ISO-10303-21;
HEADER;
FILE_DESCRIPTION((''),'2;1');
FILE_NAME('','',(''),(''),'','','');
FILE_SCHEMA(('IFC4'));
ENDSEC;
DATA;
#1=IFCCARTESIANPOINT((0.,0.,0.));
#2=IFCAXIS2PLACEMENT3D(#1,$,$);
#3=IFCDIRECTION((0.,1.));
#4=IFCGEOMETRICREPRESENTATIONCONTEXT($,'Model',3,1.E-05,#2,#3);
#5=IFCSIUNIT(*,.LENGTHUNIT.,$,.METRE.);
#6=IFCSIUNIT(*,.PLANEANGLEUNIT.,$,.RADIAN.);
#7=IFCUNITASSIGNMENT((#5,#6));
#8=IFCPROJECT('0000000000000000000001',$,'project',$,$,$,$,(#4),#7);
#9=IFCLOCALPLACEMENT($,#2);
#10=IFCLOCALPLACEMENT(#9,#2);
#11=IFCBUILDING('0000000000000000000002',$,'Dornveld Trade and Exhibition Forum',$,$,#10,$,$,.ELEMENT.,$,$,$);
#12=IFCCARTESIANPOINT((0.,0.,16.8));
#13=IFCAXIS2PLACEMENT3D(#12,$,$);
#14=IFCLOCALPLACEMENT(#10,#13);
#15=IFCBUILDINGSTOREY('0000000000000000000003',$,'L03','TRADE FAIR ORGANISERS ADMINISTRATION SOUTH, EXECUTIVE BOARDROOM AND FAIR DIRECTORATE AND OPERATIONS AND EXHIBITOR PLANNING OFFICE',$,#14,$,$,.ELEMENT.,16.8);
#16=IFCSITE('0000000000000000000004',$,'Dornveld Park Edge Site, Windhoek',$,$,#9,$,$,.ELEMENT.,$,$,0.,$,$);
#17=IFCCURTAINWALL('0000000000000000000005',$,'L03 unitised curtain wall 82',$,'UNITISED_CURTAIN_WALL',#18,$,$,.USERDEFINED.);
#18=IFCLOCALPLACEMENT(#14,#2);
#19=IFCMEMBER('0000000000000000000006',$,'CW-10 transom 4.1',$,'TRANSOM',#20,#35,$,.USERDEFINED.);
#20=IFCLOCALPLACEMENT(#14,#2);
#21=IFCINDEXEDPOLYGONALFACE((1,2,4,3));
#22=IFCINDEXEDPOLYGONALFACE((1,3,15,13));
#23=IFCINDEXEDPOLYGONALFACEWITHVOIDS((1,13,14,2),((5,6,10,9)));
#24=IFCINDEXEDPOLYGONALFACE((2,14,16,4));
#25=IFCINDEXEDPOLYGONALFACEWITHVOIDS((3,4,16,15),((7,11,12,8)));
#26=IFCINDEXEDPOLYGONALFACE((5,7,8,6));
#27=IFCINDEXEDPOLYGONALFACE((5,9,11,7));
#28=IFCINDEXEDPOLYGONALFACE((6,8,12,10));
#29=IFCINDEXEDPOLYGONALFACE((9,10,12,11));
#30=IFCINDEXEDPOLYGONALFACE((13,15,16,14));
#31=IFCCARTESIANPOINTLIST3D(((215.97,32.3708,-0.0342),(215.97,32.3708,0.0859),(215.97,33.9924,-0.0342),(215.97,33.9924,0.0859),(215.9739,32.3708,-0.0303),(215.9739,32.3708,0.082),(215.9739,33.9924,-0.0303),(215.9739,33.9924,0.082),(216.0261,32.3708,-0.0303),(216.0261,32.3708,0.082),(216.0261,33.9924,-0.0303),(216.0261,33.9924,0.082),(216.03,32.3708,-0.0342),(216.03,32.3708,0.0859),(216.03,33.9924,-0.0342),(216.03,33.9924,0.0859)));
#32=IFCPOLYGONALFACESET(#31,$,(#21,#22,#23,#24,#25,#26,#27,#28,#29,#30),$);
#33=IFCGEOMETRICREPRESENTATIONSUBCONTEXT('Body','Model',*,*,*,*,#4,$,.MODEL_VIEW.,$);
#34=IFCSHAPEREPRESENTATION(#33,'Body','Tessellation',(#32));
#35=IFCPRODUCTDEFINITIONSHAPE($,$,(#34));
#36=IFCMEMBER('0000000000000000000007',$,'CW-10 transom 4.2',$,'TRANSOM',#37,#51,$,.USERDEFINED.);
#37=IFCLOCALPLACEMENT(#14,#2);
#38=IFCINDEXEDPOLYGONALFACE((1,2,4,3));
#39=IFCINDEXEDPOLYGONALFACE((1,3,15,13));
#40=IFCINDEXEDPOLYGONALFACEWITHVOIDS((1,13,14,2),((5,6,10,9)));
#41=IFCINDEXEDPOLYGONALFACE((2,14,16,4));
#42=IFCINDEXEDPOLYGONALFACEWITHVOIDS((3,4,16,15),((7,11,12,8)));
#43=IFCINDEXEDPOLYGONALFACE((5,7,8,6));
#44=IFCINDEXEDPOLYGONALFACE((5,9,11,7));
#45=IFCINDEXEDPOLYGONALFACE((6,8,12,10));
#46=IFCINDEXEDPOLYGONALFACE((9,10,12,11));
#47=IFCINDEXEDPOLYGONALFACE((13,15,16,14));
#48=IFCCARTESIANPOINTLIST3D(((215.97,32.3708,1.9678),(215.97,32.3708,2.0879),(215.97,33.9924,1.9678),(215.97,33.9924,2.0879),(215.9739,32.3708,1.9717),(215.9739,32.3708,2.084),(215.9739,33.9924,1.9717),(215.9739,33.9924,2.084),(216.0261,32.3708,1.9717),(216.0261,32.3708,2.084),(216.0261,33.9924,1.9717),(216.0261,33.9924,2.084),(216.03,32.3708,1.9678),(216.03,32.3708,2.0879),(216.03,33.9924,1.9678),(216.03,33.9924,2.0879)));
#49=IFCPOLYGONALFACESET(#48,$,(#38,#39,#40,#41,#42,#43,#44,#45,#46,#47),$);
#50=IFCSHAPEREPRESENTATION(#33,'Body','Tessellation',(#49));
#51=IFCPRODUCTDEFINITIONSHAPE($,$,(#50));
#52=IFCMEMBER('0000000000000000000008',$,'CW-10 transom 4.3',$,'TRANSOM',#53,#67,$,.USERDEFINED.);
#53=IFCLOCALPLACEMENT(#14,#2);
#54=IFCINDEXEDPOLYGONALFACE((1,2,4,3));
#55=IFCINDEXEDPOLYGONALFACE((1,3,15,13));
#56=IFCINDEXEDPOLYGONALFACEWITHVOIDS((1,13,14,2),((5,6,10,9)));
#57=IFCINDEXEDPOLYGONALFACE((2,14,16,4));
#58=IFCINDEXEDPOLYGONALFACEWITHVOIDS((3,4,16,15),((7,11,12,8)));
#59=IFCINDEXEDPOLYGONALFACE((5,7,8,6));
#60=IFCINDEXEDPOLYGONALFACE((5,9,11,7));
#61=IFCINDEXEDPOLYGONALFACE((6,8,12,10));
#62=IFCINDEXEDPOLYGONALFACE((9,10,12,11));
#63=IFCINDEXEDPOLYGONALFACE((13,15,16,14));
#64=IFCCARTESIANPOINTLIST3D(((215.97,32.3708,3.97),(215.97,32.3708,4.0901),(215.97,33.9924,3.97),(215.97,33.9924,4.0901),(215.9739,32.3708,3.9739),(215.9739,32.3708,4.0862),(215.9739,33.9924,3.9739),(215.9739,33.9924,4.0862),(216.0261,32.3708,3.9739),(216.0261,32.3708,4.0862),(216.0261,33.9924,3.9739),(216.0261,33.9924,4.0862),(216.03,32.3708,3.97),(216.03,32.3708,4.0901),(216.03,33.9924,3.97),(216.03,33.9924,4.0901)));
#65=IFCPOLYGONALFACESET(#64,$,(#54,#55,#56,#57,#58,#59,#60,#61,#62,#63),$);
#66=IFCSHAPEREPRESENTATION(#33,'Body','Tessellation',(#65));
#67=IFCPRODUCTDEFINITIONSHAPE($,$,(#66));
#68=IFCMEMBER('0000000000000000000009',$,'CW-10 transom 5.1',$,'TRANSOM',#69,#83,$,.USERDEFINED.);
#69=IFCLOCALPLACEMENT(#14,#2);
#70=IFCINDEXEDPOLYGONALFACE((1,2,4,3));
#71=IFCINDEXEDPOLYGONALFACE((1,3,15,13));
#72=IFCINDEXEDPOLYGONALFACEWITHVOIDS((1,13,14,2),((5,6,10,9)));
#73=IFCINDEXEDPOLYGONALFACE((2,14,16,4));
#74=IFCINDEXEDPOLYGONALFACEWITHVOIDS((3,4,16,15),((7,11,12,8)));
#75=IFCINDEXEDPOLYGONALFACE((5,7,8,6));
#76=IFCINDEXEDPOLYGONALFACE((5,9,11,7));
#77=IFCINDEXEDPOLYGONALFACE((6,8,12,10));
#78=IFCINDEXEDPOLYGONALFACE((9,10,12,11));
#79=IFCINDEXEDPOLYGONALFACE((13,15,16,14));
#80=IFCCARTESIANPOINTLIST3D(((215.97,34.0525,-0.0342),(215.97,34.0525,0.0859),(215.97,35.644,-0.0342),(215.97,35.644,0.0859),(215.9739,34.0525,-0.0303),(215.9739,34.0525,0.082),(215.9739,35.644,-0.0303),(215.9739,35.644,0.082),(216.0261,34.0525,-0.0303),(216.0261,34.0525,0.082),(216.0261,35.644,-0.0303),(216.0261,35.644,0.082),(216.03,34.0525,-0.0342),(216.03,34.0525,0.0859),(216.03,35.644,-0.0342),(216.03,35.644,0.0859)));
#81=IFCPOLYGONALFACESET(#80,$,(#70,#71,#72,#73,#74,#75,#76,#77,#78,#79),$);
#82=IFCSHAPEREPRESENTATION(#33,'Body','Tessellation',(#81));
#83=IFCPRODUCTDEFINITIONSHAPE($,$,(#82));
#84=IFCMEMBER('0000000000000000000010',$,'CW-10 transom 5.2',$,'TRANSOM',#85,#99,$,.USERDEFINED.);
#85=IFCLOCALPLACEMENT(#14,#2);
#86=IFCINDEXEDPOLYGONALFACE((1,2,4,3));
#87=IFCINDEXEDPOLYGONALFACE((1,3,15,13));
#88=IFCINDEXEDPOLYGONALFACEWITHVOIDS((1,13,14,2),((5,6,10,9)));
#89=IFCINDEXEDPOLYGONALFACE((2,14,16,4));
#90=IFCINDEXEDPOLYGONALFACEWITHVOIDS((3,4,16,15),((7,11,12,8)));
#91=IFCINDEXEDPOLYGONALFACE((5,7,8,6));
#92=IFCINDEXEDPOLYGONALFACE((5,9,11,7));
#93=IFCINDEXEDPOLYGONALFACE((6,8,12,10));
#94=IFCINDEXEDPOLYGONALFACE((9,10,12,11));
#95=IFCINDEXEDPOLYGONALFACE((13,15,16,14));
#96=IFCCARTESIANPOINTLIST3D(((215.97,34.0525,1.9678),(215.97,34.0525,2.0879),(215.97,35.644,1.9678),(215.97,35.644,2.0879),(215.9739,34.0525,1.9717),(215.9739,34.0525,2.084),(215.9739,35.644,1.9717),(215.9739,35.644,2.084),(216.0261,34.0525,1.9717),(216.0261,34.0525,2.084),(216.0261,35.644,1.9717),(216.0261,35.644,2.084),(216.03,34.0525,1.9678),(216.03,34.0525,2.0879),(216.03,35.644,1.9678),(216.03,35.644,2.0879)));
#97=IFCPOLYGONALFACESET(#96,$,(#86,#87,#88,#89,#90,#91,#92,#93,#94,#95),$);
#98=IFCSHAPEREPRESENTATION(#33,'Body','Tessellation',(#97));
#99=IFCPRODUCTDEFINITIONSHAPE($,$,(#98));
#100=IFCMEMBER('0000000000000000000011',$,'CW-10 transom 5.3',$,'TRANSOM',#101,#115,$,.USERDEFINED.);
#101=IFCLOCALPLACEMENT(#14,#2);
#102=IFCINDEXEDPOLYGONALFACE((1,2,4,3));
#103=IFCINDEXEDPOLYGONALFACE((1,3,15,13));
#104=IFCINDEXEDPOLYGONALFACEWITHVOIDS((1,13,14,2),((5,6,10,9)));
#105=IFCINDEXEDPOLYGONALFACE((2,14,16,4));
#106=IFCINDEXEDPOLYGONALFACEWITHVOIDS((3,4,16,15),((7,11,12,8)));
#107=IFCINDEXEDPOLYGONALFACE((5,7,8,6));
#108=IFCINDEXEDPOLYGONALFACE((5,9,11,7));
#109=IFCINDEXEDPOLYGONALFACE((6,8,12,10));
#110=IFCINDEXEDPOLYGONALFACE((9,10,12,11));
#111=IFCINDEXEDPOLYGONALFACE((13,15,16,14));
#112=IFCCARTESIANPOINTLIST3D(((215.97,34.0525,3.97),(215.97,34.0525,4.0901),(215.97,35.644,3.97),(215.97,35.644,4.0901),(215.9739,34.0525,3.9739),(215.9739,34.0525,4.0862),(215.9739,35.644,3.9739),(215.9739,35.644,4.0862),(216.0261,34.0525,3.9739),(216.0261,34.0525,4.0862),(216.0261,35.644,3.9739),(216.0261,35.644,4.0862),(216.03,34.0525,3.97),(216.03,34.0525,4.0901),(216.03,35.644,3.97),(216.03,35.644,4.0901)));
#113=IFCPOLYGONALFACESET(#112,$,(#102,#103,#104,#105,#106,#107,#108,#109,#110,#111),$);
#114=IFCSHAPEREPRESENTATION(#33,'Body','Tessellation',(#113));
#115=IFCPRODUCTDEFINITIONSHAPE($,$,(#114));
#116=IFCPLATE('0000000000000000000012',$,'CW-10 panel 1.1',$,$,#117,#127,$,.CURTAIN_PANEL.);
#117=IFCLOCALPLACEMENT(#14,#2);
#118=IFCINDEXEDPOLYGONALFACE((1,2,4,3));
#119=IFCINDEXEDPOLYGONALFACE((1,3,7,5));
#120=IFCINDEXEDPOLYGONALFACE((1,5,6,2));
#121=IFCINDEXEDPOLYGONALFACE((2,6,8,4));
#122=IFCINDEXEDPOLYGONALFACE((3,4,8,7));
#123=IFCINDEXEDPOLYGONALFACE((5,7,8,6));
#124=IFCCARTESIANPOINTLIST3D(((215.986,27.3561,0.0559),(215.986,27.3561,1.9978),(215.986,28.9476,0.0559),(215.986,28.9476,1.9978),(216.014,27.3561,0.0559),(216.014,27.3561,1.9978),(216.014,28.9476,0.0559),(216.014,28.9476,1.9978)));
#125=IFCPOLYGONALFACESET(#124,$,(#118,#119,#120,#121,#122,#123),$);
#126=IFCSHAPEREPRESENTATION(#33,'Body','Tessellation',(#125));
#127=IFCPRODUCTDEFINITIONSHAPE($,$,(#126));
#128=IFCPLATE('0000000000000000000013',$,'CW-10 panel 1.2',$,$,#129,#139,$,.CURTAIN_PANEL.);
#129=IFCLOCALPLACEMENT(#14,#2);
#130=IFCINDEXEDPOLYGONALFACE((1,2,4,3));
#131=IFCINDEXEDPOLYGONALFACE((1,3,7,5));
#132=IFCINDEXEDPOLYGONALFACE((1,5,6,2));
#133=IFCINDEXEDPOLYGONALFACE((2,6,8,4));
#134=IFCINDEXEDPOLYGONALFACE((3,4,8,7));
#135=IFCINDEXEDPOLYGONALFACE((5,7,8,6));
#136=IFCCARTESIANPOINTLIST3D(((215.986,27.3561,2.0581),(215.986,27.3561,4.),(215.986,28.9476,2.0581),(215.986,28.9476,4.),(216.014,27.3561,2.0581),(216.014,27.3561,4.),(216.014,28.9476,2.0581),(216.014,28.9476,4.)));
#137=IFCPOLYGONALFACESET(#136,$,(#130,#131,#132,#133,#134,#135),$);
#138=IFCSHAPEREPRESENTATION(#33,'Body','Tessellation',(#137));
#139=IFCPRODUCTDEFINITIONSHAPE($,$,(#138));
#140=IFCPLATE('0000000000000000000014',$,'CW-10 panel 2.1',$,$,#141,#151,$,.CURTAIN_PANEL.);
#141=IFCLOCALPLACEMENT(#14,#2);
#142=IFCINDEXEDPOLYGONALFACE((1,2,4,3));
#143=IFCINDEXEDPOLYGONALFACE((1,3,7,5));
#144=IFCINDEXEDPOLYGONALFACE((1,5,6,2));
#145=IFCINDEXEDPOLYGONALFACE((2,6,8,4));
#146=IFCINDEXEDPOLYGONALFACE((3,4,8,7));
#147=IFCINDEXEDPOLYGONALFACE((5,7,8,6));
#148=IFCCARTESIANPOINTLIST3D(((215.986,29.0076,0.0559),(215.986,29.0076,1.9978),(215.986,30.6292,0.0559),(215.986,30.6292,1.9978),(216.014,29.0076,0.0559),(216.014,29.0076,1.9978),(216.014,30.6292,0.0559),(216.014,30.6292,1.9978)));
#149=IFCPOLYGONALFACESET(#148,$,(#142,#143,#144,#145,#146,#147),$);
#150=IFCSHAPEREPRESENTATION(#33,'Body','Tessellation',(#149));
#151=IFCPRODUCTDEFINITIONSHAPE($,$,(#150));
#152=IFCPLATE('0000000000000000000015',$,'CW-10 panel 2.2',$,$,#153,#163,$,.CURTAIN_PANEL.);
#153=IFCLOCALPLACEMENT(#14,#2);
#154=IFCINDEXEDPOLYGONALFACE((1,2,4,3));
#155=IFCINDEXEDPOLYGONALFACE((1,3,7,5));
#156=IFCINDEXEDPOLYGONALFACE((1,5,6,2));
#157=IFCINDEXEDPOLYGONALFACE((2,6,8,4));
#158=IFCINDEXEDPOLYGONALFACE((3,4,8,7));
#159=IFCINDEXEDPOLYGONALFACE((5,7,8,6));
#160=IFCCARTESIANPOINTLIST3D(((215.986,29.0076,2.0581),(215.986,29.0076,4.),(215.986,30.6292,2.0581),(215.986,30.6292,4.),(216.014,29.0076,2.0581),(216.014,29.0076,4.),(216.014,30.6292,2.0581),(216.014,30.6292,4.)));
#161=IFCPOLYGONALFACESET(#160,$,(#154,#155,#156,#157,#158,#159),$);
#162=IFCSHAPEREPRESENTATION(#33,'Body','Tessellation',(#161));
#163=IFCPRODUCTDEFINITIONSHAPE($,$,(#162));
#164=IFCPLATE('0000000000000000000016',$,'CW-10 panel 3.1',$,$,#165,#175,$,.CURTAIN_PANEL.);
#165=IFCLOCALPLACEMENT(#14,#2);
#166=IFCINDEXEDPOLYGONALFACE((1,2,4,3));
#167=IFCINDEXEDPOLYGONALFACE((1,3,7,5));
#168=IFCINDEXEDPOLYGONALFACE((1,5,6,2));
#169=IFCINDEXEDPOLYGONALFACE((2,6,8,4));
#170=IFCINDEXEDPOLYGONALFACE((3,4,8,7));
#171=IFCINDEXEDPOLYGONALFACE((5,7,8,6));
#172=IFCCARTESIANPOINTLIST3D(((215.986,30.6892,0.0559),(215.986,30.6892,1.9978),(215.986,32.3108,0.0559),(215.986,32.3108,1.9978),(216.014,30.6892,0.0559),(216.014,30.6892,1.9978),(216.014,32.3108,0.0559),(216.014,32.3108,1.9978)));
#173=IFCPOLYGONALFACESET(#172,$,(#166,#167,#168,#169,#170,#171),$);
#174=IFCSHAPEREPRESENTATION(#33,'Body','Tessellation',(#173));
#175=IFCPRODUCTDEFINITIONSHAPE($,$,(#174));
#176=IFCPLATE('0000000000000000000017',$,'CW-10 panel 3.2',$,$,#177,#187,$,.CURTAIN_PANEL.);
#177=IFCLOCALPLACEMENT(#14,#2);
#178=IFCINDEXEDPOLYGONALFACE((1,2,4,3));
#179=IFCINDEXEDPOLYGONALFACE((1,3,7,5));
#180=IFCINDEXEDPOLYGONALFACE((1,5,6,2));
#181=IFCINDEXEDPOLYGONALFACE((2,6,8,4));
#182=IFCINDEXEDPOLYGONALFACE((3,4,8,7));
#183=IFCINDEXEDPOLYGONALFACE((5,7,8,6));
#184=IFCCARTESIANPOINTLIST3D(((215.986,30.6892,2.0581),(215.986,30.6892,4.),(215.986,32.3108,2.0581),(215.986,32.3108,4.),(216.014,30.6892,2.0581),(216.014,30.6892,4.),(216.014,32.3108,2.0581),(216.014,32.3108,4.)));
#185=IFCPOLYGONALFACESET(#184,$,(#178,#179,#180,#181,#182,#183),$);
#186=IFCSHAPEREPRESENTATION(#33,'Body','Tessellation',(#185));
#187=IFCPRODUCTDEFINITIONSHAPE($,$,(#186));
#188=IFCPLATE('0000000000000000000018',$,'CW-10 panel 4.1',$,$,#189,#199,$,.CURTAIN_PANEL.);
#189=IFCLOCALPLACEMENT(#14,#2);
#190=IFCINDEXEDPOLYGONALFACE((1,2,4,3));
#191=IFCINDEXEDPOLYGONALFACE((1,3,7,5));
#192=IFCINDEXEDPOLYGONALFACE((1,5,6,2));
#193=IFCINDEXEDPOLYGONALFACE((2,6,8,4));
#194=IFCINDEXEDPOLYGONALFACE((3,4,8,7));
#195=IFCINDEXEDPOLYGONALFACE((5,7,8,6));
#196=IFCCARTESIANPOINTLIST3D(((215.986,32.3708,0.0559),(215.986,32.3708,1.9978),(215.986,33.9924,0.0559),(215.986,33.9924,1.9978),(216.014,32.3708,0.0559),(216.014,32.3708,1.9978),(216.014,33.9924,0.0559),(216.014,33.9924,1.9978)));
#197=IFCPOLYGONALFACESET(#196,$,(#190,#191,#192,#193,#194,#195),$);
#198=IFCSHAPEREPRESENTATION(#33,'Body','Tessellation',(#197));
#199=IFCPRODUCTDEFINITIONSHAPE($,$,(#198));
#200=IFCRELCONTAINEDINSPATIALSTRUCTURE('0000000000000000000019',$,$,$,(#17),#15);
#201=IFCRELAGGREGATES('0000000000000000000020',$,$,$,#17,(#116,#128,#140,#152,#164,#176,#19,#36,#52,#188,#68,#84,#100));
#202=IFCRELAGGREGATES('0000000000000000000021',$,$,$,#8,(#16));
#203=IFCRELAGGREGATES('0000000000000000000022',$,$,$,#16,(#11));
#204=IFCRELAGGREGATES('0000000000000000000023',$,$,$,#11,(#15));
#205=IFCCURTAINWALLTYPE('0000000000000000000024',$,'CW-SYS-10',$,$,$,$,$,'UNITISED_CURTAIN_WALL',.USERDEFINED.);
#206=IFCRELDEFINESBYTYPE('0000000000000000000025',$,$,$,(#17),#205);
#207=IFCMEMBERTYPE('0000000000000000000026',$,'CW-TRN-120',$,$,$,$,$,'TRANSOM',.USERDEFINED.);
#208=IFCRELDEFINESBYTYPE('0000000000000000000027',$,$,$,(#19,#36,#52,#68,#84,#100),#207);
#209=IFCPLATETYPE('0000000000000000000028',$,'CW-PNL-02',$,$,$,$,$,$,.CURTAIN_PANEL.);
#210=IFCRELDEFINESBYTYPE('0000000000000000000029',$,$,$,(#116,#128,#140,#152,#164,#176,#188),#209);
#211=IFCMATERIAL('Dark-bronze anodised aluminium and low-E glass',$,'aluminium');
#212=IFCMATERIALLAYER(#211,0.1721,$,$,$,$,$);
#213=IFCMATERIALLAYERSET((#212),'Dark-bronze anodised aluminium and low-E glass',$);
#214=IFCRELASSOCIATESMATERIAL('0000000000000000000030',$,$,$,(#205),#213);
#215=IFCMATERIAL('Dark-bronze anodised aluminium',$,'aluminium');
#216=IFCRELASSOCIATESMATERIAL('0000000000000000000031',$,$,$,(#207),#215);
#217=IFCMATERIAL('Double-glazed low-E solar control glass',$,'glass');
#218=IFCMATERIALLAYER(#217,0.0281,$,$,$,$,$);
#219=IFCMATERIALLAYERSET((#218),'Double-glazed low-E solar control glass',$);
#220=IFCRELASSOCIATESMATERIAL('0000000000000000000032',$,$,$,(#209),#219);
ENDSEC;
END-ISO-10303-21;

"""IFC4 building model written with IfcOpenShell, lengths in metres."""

from ifc_helpers import new_model, si_unit, direction, frame, origin, origin_2d, place, context, subcontext, project, spatial, rectangle, hollow_rectangle, extrude, material, layer, layer_set, material_profile, profile_set, type_object, element, aggregate, save


model = new_model("IFC4")

# Units and contexts
model_context = context("Model", 3, precision=1e-05, world=origin(), true_north=direction((0.0, 1.0)))
body_context = subcontext(model_context, "Body", "Model", "MODEL_VIEW")
ifc_project = project(units=[si_unit("LENGTHUNIT", "METRE"), si_unit("PLANEANGLEUNIT", "RADIAN")], contexts=[model_context])

# Site, building, storey
site_placement = place(None, origin())
site = spatial("IfcSite", under=ifc_project, at=site_placement, Name="Dornveld Park Edge Site, Windhoek", CompositionType="ELEMENT", RefElevation=0.0)
building_placement = place(site_placement, origin())
building = spatial("IfcBuilding", under=site, at=building_placement, Name="Dornveld Trade and Exhibition Forum", CompositionType="ELEMENT")
storey_placement = place(building_placement, frame((0.0, 0.0, 16.8)))
storey = spatial("IfcBuildingStorey", under=building, at=storey_placement, Name="L03", Description="TRADE FAIR ORGANISERS ADMINISTRATION SOUTH, EXECUTIVE BOARDROOM AND FAIR DIRECTORATE AND OPERATIONS AND EXHIBITOR PLANNING OFFICE", CompositionType="ELEMENT", Elevation=16.8)

# Curtain wall, members, plates
ifc_material_1 = material(Name="Dark-bronze anodised aluminium and low-E glass", Category="aluminium")
ifc_layer_1 = layer(ifc_material_1, 0.1721)
ifc_layer_set_1 = layer_set([ifc_layer_1], Name="Dark-bronze anodised aluminium and low-E glass")
curtain_wall_type = type_object("IfcCurtainWallType", Name="CW-SYS-10", ElementType="UNITISED_CURTAIN_WALL", PredefinedType="USERDEFINED", material=ifc_layer_set_1)
curtain_wall_placement = place(storey_placement, origin())
curtain_wall = element("IfcCurtainWall", 1, at=curtain_wall_placement, inside=storey, type_object=curtain_wall_type, Name="L03 unitised curtain wall 82", ObjectType="UNITISED_CURTAIN_WALL", PredefinedType="USERDEFINED")
ifc_material_2 = material(Name="Dark-bronze anodised aluminium", Category="aluminium")
ifc_material_profile_1 = material_profile(ifc_material_2, hollow_rectangle(XDim=0.0601, YDim=0.1201, WallThickness=0.0039, at=origin_2d()), Name="RHS 120x60x4")
ifc_profile_set_1 = profile_set([ifc_material_profile_1], Name="Dark-bronze anodised aluminium")
member_type_1 = type_object("IfcMemberType", Name="CW-TRN-120", ElementType="TRANSOM", PredefinedType="USERDEFINED", material=ifc_profile_set_1)
member_1_placement = place(storey_placement, frame((216.0, 32.3708, 0.0259), z_axis=(0.0, 1.0, 0.0), x_axis=(-1.0, 0.0, 0.0)))
member_1 = element("IfcMember", 2, at=member_1_placement, type_object=member_type_1, Name="CW-10 transom 4.1", ObjectType="TRANSOM", PredefinedType="USERDEFINED", context=body_context, shape_type="SweptSolid", body=[
    extrude(hollow_rectangle(XDim=0.0601, YDim=0.1201, WallThickness=0.0039, at=origin_2d()), origin(), (0.0, 0.0, 1.0), 1.6216),
])
member_2_placement = place(storey_placement, frame((216.0, 32.3708, 2.0278), z_axis=(0.0, 1.0, 0.0), x_axis=(-1.0, 0.0, 0.0)))
member_2 = element("IfcMember", 3, at=member_2_placement, type_object=member_type_1, Name="CW-10 transom 4.2", ObjectType="TRANSOM", PredefinedType="USERDEFINED", context=body_context, shape_type="SweptSolid", body=[
    extrude(hollow_rectangle(XDim=0.0601, YDim=0.1201, WallThickness=0.0039, at=origin_2d()), origin(), (0.0, 0.0, 1.0), 1.6216),
])
member_3_placement = place(storey_placement, frame((216.0, 32.3708, 4.03), z_axis=(0.0, 1.0, 0.0), x_axis=(-1.0, 0.0, 0.0)))
member_3 = element("IfcMember", 4, at=member_3_placement, type_object=member_type_1, Name="CW-10 transom 4.3", ObjectType="TRANSOM", PredefinedType="USERDEFINED", context=body_context, shape_type="SweptSolid", body=[
    extrude(hollow_rectangle(XDim=0.0601, YDim=0.1201, WallThickness=0.0039, at=origin_2d()), origin(), (0.0, 0.0, 1.0), 1.6216),
])
member_4_placement = place(storey_placement, frame((216.0, 34.0525, 0.0259), z_axis=(0.0, 1.0, 0.0), x_axis=(-1.0, 0.0, 0.0)))
member_4 = element("IfcMember", 5, at=member_4_placement, type_object=member_type_1, Name="CW-10 transom 5.1", ObjectType="TRANSOM", PredefinedType="USERDEFINED", context=body_context, shape_type="SweptSolid", body=[
    extrude(hollow_rectangle(XDim=0.0601, YDim=0.1201, WallThickness=0.0039, at=origin_2d()), origin(), (0.0, 0.0, 1.0), 1.5916),
])
member_5_placement = place(storey_placement, frame((216.0, 34.0525, 2.0278), z_axis=(0.0, 1.0, 0.0), x_axis=(-1.0, 0.0, 0.0)))
member_5 = element("IfcMember", 6, at=member_5_placement, type_object=member_type_1, Name="CW-10 transom 5.2", ObjectType="TRANSOM", PredefinedType="USERDEFINED", context=body_context, shape_type="SweptSolid", body=[
    extrude(hollow_rectangle(XDim=0.0601, YDim=0.1201, WallThickness=0.0039, at=origin_2d()), origin(), (0.0, 0.0, 1.0), 1.5916),
])
member_6_placement = place(storey_placement, frame((216.0, 34.0525, 4.03), z_axis=(0.0, 1.0, 0.0), x_axis=(-1.0, 0.0, 0.0)))
member_6 = element("IfcMember", 7, at=member_6_placement, type_object=member_type_1, Name="CW-10 transom 5.3", ObjectType="TRANSOM", PredefinedType="USERDEFINED", context=body_context, shape_type="SweptSolid", body=[
    extrude(hollow_rectangle(XDim=0.0601, YDim=0.1201, WallThickness=0.0039, at=origin_2d()), origin(), (0.0, 0.0, 1.0), 1.5916),
])
ifc_material_3 = material(Name="Double-glazed low-E solar control glass", Category="glass")
ifc_layer_2 = layer(ifc_material_3, 0.0281)
ifc_layer_set_2 = layer_set([ifc_layer_2], Name="Double-glazed low-E solar control glass")
plate_type = type_object("IfcPlateType", Name="CW-PNL-02", PredefinedType="CURTAIN_PANEL", material=ifc_layer_set_2)
plate_1_placement = place(storey_placement, frame((216.0, 28.1519, 0.0559), z_axis=(0.0, 0.0, 1.0), x_axis=(0.0, 1.0, 0.0)))
plate_1 = element("IfcPlate", 8, at=plate_1_placement, type_object=plate_type, Name="CW-10 panel 1.1", PredefinedType="CURTAIN_PANEL", context=body_context, shape_type="SweptSolid", body=[
    extrude(rectangle(XDim=1.5916, YDim=0.0281, at=origin_2d()), origin(), (0.0, 0.0, 1.0), 1.9419),
])
plate_2_placement = place(storey_placement, frame((216.0, 28.1519, 2.0581), z_axis=(0.0, 0.0, 1.0), x_axis=(0.0, 1.0, 0.0)))
plate_2 = element("IfcPlate", 9, at=plate_2_placement, type_object=plate_type, Name="CW-10 panel 1.2", PredefinedType="CURTAIN_PANEL", context=body_context, shape_type="SweptSolid", body=[
    extrude(rectangle(XDim=1.5916, YDim=0.0281, at=origin_2d()), origin(), (0.0, 0.0, 1.0), 1.9419),
])
plate_3_placement = place(storey_placement, frame((216.0, 29.8184, 0.0559), z_axis=(0.0, 0.0, 1.0), x_axis=(0.0, 1.0, 0.0)))
plate_3 = element("IfcPlate", 10, at=plate_3_placement, type_object=plate_type, Name="CW-10 panel 2.1", PredefinedType="CURTAIN_PANEL", context=body_context, shape_type="SweptSolid", body=[
    extrude(rectangle(XDim=1.6216, YDim=0.0281, at=origin_2d()), origin(), (0.0, 0.0, 1.0), 1.9419),
])
plate_4_placement = place(storey_placement, frame((216.0, 29.8184, 2.0581), z_axis=(0.0, 0.0, 1.0), x_axis=(0.0, 1.0, 0.0)))
plate_4 = element("IfcPlate", 11, at=plate_4_placement, type_object=plate_type, Name="CW-10 panel 2.2", PredefinedType="CURTAIN_PANEL", context=body_context, shape_type="SweptSolid", body=[
    extrude(rectangle(XDim=1.6216, YDim=0.0281, at=origin_2d()), origin(), (0.0, 0.0, 1.0), 1.9419),
])
plate_5_placement = place(storey_placement, frame((216.0, 31.5, 0.0559), z_axis=(0.0, 0.0, 1.0), x_axis=(0.0, 1.0, 0.0)))
plate_5 = element("IfcPlate", 12, at=plate_5_placement, type_object=plate_type, Name="CW-10 panel 3.1", PredefinedType="CURTAIN_PANEL", context=body_context, shape_type="SweptSolid", body=[
    extrude(rectangle(XDim=1.6216, YDim=0.0281, at=origin_2d()), origin(), (0.0, 0.0, 1.0), 1.9419),
])
plate_6_placement = place(storey_placement, frame((216.0, 31.5, 2.0581), z_axis=(0.0, 0.0, 1.0), x_axis=(0.0, 1.0, 0.0)))
plate_6 = element("IfcPlate", 13, at=plate_6_placement, type_object=plate_type, Name="CW-10 panel 3.2", PredefinedType="CURTAIN_PANEL", context=body_context, shape_type="SweptSolid", body=[
    extrude(rectangle(XDim=1.6216, YDim=0.0281, at=origin_2d()), origin(), (0.0, 0.0, 1.0), 1.9419),
])
plate_7_placement = place(storey_placement, frame((216.0, 33.1816, 0.0559), z_axis=(0.0, 0.0, 1.0), x_axis=(0.0, 1.0, 0.0)))
plate_7 = element("IfcPlate", 14, at=plate_7_placement, type_object=plate_type, Name="CW-10 panel 4.1", PredefinedType="CURTAIN_PANEL", context=body_context, shape_type="SweptSolid", body=[
    extrude(rectangle(XDim=1.6216, YDim=0.0281, at=origin_2d()), origin(), (0.0, 0.0, 1.0), 1.9419),
])
aggregate(curtain_wall, [plate_1, plate_2, plate_3, plate_4, plate_5, plate_6, member_1, member_2, member_3, plate_7, member_4, member_5, member_6])

save(model, "model.ifc")
